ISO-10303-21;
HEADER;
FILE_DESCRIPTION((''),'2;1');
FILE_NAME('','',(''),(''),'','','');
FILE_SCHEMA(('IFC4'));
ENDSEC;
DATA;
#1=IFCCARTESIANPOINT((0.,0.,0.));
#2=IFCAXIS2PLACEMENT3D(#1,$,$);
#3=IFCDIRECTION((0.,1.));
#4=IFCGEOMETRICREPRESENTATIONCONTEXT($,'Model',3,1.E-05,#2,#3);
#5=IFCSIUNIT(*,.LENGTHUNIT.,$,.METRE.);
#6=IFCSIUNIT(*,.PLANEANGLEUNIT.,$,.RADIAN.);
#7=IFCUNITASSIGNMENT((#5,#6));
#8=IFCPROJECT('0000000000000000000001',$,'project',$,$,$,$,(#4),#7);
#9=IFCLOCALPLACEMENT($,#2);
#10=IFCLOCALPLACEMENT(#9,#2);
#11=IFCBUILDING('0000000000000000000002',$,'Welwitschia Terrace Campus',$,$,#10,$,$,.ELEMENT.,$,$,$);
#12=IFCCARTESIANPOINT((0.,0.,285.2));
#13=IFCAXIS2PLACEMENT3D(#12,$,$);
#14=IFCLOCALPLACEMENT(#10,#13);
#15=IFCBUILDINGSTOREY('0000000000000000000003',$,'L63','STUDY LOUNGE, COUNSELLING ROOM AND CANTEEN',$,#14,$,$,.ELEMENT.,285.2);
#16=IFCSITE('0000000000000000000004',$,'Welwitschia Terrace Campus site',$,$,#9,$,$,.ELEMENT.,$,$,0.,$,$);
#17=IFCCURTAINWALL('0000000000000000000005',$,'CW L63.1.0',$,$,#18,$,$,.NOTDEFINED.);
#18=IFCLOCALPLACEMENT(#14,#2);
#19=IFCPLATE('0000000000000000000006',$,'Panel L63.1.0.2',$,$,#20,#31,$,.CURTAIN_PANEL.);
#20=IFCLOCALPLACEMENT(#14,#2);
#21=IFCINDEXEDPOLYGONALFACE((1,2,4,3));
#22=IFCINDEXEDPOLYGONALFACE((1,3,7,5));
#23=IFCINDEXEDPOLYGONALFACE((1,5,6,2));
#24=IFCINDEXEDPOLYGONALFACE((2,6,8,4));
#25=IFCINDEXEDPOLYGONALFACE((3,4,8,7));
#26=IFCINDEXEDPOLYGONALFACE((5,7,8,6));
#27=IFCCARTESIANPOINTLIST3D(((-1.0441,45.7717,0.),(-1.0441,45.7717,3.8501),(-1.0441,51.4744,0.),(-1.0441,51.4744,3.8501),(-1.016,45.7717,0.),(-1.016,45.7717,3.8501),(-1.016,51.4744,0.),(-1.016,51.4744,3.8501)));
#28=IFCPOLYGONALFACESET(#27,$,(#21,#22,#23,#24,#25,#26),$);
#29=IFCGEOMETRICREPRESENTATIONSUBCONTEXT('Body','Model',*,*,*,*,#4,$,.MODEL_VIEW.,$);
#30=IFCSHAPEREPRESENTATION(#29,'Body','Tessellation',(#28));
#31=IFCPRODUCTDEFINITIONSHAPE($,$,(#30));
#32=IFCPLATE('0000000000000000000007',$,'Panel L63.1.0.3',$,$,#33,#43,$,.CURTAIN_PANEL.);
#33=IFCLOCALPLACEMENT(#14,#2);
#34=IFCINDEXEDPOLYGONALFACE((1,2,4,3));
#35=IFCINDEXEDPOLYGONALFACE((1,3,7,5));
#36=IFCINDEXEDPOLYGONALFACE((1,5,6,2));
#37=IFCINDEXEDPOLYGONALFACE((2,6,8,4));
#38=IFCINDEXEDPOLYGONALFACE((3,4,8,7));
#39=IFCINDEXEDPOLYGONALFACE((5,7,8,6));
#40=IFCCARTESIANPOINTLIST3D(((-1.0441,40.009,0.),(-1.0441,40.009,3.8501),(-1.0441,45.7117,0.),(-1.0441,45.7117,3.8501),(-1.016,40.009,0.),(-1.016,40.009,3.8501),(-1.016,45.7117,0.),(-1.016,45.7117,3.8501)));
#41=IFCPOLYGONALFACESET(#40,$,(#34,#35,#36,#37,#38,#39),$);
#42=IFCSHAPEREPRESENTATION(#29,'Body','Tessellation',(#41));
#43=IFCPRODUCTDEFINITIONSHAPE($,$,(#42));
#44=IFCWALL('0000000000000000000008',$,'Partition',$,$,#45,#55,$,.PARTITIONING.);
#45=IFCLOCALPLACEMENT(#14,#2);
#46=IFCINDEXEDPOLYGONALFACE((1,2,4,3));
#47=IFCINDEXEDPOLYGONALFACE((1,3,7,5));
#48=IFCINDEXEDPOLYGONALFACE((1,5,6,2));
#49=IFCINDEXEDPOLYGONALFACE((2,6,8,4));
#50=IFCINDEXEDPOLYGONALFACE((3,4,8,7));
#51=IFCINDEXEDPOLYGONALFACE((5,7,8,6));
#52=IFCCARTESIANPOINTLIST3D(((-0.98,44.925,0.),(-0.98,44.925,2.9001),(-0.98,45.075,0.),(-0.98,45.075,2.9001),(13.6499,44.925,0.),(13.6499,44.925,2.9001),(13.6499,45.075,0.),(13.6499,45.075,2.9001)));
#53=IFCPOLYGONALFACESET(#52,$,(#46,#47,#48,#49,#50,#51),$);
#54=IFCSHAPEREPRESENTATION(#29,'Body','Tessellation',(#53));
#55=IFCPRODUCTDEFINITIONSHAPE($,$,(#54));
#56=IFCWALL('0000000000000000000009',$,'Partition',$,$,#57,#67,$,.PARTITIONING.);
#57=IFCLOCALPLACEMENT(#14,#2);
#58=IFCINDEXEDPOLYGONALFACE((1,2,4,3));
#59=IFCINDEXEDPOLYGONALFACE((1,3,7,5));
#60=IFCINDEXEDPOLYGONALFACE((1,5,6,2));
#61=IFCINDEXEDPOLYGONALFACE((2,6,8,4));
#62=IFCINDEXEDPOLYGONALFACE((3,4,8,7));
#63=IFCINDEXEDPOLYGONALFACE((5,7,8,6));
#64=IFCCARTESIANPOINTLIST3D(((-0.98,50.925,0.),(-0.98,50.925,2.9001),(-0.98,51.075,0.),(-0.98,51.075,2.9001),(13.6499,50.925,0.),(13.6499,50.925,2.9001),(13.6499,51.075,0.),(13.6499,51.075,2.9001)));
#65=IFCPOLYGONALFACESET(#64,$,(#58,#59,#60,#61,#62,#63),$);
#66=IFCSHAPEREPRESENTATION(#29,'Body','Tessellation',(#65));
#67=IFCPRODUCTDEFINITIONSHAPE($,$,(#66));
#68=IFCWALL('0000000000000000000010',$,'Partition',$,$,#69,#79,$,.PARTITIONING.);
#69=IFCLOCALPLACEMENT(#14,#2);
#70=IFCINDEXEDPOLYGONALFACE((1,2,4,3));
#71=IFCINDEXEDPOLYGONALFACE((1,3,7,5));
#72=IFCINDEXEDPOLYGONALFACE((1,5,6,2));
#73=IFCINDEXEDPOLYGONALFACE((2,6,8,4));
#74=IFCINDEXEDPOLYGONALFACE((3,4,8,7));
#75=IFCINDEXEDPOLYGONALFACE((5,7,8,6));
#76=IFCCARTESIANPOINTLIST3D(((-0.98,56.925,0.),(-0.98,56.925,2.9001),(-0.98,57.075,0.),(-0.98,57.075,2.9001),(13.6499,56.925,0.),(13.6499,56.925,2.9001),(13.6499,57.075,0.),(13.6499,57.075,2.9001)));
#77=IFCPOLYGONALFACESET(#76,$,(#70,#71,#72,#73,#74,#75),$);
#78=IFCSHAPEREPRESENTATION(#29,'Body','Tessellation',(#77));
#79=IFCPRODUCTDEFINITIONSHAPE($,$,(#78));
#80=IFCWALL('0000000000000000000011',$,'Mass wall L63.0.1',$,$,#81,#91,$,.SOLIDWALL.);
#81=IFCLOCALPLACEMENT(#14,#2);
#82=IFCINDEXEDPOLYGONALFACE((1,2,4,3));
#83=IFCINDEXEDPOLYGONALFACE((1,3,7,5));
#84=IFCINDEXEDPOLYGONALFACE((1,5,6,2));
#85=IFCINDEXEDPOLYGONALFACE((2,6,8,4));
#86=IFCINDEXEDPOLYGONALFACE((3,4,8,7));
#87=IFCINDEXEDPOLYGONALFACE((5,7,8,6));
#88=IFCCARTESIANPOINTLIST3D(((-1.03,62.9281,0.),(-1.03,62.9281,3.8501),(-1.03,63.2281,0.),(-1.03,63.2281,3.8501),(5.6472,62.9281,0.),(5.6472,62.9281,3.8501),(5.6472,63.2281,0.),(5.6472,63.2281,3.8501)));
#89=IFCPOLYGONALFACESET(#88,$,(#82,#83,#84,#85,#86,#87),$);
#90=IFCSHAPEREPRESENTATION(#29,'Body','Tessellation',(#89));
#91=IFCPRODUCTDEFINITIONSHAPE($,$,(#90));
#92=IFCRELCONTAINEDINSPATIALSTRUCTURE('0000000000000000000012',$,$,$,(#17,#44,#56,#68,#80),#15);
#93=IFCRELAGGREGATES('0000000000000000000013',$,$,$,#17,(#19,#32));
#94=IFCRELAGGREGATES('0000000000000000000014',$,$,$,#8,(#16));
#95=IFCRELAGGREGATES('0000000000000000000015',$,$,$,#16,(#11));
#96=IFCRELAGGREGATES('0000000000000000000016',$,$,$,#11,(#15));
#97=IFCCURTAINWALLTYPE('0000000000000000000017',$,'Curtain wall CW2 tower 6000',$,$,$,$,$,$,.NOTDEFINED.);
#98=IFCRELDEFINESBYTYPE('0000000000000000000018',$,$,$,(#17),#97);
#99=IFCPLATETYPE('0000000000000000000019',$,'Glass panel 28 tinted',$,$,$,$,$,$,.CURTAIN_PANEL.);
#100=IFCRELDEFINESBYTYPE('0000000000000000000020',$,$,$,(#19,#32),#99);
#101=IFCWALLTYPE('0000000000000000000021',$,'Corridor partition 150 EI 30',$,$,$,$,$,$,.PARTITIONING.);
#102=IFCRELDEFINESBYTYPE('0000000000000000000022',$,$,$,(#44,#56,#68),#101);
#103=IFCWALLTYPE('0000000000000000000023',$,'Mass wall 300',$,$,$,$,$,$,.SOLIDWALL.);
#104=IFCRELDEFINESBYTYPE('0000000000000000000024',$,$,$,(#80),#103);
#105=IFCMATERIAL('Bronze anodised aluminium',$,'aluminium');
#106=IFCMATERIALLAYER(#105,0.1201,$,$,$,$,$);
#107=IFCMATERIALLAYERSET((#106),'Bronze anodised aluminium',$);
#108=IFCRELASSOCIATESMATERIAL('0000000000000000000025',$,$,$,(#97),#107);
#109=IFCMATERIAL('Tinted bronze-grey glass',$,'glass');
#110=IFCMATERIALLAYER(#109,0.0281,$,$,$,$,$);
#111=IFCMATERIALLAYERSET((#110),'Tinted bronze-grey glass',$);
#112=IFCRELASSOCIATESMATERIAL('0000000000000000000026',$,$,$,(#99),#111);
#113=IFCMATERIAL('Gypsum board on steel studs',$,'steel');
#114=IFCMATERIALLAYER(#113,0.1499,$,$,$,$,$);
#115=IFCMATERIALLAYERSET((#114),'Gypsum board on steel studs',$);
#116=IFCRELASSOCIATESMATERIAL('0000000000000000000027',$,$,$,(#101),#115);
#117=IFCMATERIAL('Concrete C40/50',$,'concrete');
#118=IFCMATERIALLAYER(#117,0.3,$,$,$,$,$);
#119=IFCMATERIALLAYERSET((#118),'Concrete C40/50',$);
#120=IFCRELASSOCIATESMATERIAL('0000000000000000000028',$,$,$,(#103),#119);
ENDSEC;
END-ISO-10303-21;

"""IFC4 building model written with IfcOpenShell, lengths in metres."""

from ifc_helpers import new_model, si_unit, direction, frame, frame_2d, origin, origin_2d, place, context, subcontext, project, spatial, rectangle, extrude, material, layer, layer_set, type_object, element, aggregate, save


model = new_model("IFC4")

# Units and contexts
model_context = context("Model", 3, precision=1e-05, world=origin(), true_north=direction((0.0, 1.0)))
body_context = subcontext(model_context, "Body", "Model", "MODEL_VIEW")
ifc_project = project(units=[si_unit("LENGTHUNIT", "METRE"), si_unit("PLANEANGLEUNIT", "RADIAN")], contexts=[model_context])

# Site, building, storey
site_placement = place(None, origin())
site = spatial("IfcSite", under=ifc_project, at=site_placement, Name="Welwitschia Terrace Campus site", CompositionType="ELEMENT", RefElevation=0.0)
building_placement = place(site_placement, origin())
building = spatial("IfcBuilding", under=site, at=building_placement, Name="Welwitschia Terrace Campus", CompositionType="ELEMENT")
storey_placement = place(building_placement, frame((0.0, 0.0, 285.2)))
storey = spatial("IfcBuildingStorey", under=building, at=storey_placement, Name="L63", Description="STUDY LOUNGE, COUNSELLING ROOM AND CANTEEN", CompositionType="ELEMENT", Elevation=285.2)

# Curtain wall
ifc_material_1 = material(Name="Bronze anodised aluminium", Category="aluminium")
ifc_layer_1 = layer(ifc_material_1, 0.1201)
ifc_layer_set_1 = layer_set([ifc_layer_1], Name="Bronze anodised aluminium")
curtain_wall_type = type_object("IfcCurtainWallType", Name="Curtain wall CW2 tower 6000", PredefinedType="NOTDEFINED", material=ifc_layer_set_1)
curtain_wall_1_placement = place(storey_placement, origin())
curtain_wall_1 = element("IfcCurtainWall", 1, at=curtain_wall_1_placement, inside=storey, type_object=curtain_wall_type, Name="CW L63.1.0", PredefinedType="NOTDEFINED")

# Plates
ifc_material_2 = material(Name="Tinted bronze-grey glass", Category="glass")
ifc_layer_2 = layer(ifc_material_2, 0.0281)
ifc_layer_set_2 = layer_set([ifc_layer_2], Name="Tinted bronze-grey glass")
plate_type = type_object("IfcPlateType", Name="Glass panel 28 tinted", PredefinedType="CURTAIN_PANEL", material=ifc_layer_set_2)
plate_1_placement = place(storey_placement, frame((-1.03, 48.623, 0.0), z_axis=(0.0, 0.0, 1.0), x_axis=(0.0, -1.0, 0.0)))
plate_1 = element("IfcPlate", 2, at=plate_1_placement, type_object=plate_type, Name="Panel L63.1.0.2", PredefinedType="CURTAIN_PANEL", context=body_context, shape_type="SweptSolid", body=[
    extrude(rectangle(XDim=5.7026, YDim=0.0281, at=origin_2d()), origin(), (0.0, 0.0, 1.0), 3.8501),
])
plate_2_placement = place(storey_placement, frame((-1.03, 42.8604, 0.0), z_axis=(0.0, 0.0, 1.0), x_axis=(0.0, -1.0, 0.0)))
plate_2 = element("IfcPlate", 3, at=plate_2_placement, type_object=plate_type, Name="Panel L63.1.0.3", PredefinedType="CURTAIN_PANEL", context=body_context, shape_type="SweptSolid", body=[
    extrude(rectangle(XDim=5.7026, YDim=0.0281, at=origin_2d()), origin(), (0.0, 0.0, 1.0), 3.8501),
])
aggregate(curtain_wall_1, [plate_1, plate_2])

# Walls
ifc_material_3 = material(Name="Gypsum board on steel studs", Category="steel")
ifc_layer_3 = layer(ifc_material_3, 0.1499)
ifc_layer_set_3 = layer_set([ifc_layer_3], Name="Gypsum board on steel studs")
wall_type_1 = type_object("IfcWallType", Name="Corridor partition 150 EI 30", PredefinedType="PARTITIONING", material=ifc_layer_set_3)
for number, where, z_axis, x_axis, name in (
    (4, (-0.98, 45.0, 0.0), (0.0, 0.0, 1.0), (1.0, 0.0, 0.0), "Partition"),
    (5, (-0.98, 51.0, 0.0), (0.0, 0.0, 1.0), (1.0, 0.0, 0.0), "Partition"),
    (6, (-0.98, 57.0, 0.0), (0.0, 0.0, 1.0), (1.0, 0.0, 0.0), "Partition"),
):
    element("IfcWall", number, at=place(storey_placement, frame(where, z_axis=z_axis, x_axis=x_axis)), inside=storey, type_object=wall_type_1, Name=name, PredefinedType="PARTITIONING", context=body_context, shape_type="SweptSolid", body=[
        extrude(rectangle(XDim=14.6299, YDim=0.1499, at=frame_2d((7.3149, 0.0))), origin(), (0.0, 0.0, 1.0), 2.9001),
    ])
ifc_material_4 = material(Name="Concrete C40/50", Category="concrete")
ifc_layer_4 = layer(ifc_material_4, 0.3)
ifc_layer_set_4 = layer_set([ifc_layer_4], Name="Concrete C40/50")
wall_type_2 = type_object("IfcWallType", Name="Mass wall 300", PredefinedType="SOLIDWALL", material=ifc_layer_set_4)
wall_placement = place(storey_placement, frame((5.6472, 63.0781, 0.0), z_axis=(0.0, 0.0, 1.0), x_axis=(-1.0, 0.0, 0.0)))
element("IfcWall", 7, at=wall_placement, inside=storey, type_object=wall_type_2, Name="Mass wall L63.0.1", PredefinedType="SOLIDWALL", context=body_context, shape_type="SweptSolid", body=[
    extrude(rectangle(XDim=6.6772, YDim=0.3, at=frame_2d((3.3386, 0.0))), origin(), (0.0, 0.0, 1.0), 3.8501),
])

save(model, "model.ifc")
